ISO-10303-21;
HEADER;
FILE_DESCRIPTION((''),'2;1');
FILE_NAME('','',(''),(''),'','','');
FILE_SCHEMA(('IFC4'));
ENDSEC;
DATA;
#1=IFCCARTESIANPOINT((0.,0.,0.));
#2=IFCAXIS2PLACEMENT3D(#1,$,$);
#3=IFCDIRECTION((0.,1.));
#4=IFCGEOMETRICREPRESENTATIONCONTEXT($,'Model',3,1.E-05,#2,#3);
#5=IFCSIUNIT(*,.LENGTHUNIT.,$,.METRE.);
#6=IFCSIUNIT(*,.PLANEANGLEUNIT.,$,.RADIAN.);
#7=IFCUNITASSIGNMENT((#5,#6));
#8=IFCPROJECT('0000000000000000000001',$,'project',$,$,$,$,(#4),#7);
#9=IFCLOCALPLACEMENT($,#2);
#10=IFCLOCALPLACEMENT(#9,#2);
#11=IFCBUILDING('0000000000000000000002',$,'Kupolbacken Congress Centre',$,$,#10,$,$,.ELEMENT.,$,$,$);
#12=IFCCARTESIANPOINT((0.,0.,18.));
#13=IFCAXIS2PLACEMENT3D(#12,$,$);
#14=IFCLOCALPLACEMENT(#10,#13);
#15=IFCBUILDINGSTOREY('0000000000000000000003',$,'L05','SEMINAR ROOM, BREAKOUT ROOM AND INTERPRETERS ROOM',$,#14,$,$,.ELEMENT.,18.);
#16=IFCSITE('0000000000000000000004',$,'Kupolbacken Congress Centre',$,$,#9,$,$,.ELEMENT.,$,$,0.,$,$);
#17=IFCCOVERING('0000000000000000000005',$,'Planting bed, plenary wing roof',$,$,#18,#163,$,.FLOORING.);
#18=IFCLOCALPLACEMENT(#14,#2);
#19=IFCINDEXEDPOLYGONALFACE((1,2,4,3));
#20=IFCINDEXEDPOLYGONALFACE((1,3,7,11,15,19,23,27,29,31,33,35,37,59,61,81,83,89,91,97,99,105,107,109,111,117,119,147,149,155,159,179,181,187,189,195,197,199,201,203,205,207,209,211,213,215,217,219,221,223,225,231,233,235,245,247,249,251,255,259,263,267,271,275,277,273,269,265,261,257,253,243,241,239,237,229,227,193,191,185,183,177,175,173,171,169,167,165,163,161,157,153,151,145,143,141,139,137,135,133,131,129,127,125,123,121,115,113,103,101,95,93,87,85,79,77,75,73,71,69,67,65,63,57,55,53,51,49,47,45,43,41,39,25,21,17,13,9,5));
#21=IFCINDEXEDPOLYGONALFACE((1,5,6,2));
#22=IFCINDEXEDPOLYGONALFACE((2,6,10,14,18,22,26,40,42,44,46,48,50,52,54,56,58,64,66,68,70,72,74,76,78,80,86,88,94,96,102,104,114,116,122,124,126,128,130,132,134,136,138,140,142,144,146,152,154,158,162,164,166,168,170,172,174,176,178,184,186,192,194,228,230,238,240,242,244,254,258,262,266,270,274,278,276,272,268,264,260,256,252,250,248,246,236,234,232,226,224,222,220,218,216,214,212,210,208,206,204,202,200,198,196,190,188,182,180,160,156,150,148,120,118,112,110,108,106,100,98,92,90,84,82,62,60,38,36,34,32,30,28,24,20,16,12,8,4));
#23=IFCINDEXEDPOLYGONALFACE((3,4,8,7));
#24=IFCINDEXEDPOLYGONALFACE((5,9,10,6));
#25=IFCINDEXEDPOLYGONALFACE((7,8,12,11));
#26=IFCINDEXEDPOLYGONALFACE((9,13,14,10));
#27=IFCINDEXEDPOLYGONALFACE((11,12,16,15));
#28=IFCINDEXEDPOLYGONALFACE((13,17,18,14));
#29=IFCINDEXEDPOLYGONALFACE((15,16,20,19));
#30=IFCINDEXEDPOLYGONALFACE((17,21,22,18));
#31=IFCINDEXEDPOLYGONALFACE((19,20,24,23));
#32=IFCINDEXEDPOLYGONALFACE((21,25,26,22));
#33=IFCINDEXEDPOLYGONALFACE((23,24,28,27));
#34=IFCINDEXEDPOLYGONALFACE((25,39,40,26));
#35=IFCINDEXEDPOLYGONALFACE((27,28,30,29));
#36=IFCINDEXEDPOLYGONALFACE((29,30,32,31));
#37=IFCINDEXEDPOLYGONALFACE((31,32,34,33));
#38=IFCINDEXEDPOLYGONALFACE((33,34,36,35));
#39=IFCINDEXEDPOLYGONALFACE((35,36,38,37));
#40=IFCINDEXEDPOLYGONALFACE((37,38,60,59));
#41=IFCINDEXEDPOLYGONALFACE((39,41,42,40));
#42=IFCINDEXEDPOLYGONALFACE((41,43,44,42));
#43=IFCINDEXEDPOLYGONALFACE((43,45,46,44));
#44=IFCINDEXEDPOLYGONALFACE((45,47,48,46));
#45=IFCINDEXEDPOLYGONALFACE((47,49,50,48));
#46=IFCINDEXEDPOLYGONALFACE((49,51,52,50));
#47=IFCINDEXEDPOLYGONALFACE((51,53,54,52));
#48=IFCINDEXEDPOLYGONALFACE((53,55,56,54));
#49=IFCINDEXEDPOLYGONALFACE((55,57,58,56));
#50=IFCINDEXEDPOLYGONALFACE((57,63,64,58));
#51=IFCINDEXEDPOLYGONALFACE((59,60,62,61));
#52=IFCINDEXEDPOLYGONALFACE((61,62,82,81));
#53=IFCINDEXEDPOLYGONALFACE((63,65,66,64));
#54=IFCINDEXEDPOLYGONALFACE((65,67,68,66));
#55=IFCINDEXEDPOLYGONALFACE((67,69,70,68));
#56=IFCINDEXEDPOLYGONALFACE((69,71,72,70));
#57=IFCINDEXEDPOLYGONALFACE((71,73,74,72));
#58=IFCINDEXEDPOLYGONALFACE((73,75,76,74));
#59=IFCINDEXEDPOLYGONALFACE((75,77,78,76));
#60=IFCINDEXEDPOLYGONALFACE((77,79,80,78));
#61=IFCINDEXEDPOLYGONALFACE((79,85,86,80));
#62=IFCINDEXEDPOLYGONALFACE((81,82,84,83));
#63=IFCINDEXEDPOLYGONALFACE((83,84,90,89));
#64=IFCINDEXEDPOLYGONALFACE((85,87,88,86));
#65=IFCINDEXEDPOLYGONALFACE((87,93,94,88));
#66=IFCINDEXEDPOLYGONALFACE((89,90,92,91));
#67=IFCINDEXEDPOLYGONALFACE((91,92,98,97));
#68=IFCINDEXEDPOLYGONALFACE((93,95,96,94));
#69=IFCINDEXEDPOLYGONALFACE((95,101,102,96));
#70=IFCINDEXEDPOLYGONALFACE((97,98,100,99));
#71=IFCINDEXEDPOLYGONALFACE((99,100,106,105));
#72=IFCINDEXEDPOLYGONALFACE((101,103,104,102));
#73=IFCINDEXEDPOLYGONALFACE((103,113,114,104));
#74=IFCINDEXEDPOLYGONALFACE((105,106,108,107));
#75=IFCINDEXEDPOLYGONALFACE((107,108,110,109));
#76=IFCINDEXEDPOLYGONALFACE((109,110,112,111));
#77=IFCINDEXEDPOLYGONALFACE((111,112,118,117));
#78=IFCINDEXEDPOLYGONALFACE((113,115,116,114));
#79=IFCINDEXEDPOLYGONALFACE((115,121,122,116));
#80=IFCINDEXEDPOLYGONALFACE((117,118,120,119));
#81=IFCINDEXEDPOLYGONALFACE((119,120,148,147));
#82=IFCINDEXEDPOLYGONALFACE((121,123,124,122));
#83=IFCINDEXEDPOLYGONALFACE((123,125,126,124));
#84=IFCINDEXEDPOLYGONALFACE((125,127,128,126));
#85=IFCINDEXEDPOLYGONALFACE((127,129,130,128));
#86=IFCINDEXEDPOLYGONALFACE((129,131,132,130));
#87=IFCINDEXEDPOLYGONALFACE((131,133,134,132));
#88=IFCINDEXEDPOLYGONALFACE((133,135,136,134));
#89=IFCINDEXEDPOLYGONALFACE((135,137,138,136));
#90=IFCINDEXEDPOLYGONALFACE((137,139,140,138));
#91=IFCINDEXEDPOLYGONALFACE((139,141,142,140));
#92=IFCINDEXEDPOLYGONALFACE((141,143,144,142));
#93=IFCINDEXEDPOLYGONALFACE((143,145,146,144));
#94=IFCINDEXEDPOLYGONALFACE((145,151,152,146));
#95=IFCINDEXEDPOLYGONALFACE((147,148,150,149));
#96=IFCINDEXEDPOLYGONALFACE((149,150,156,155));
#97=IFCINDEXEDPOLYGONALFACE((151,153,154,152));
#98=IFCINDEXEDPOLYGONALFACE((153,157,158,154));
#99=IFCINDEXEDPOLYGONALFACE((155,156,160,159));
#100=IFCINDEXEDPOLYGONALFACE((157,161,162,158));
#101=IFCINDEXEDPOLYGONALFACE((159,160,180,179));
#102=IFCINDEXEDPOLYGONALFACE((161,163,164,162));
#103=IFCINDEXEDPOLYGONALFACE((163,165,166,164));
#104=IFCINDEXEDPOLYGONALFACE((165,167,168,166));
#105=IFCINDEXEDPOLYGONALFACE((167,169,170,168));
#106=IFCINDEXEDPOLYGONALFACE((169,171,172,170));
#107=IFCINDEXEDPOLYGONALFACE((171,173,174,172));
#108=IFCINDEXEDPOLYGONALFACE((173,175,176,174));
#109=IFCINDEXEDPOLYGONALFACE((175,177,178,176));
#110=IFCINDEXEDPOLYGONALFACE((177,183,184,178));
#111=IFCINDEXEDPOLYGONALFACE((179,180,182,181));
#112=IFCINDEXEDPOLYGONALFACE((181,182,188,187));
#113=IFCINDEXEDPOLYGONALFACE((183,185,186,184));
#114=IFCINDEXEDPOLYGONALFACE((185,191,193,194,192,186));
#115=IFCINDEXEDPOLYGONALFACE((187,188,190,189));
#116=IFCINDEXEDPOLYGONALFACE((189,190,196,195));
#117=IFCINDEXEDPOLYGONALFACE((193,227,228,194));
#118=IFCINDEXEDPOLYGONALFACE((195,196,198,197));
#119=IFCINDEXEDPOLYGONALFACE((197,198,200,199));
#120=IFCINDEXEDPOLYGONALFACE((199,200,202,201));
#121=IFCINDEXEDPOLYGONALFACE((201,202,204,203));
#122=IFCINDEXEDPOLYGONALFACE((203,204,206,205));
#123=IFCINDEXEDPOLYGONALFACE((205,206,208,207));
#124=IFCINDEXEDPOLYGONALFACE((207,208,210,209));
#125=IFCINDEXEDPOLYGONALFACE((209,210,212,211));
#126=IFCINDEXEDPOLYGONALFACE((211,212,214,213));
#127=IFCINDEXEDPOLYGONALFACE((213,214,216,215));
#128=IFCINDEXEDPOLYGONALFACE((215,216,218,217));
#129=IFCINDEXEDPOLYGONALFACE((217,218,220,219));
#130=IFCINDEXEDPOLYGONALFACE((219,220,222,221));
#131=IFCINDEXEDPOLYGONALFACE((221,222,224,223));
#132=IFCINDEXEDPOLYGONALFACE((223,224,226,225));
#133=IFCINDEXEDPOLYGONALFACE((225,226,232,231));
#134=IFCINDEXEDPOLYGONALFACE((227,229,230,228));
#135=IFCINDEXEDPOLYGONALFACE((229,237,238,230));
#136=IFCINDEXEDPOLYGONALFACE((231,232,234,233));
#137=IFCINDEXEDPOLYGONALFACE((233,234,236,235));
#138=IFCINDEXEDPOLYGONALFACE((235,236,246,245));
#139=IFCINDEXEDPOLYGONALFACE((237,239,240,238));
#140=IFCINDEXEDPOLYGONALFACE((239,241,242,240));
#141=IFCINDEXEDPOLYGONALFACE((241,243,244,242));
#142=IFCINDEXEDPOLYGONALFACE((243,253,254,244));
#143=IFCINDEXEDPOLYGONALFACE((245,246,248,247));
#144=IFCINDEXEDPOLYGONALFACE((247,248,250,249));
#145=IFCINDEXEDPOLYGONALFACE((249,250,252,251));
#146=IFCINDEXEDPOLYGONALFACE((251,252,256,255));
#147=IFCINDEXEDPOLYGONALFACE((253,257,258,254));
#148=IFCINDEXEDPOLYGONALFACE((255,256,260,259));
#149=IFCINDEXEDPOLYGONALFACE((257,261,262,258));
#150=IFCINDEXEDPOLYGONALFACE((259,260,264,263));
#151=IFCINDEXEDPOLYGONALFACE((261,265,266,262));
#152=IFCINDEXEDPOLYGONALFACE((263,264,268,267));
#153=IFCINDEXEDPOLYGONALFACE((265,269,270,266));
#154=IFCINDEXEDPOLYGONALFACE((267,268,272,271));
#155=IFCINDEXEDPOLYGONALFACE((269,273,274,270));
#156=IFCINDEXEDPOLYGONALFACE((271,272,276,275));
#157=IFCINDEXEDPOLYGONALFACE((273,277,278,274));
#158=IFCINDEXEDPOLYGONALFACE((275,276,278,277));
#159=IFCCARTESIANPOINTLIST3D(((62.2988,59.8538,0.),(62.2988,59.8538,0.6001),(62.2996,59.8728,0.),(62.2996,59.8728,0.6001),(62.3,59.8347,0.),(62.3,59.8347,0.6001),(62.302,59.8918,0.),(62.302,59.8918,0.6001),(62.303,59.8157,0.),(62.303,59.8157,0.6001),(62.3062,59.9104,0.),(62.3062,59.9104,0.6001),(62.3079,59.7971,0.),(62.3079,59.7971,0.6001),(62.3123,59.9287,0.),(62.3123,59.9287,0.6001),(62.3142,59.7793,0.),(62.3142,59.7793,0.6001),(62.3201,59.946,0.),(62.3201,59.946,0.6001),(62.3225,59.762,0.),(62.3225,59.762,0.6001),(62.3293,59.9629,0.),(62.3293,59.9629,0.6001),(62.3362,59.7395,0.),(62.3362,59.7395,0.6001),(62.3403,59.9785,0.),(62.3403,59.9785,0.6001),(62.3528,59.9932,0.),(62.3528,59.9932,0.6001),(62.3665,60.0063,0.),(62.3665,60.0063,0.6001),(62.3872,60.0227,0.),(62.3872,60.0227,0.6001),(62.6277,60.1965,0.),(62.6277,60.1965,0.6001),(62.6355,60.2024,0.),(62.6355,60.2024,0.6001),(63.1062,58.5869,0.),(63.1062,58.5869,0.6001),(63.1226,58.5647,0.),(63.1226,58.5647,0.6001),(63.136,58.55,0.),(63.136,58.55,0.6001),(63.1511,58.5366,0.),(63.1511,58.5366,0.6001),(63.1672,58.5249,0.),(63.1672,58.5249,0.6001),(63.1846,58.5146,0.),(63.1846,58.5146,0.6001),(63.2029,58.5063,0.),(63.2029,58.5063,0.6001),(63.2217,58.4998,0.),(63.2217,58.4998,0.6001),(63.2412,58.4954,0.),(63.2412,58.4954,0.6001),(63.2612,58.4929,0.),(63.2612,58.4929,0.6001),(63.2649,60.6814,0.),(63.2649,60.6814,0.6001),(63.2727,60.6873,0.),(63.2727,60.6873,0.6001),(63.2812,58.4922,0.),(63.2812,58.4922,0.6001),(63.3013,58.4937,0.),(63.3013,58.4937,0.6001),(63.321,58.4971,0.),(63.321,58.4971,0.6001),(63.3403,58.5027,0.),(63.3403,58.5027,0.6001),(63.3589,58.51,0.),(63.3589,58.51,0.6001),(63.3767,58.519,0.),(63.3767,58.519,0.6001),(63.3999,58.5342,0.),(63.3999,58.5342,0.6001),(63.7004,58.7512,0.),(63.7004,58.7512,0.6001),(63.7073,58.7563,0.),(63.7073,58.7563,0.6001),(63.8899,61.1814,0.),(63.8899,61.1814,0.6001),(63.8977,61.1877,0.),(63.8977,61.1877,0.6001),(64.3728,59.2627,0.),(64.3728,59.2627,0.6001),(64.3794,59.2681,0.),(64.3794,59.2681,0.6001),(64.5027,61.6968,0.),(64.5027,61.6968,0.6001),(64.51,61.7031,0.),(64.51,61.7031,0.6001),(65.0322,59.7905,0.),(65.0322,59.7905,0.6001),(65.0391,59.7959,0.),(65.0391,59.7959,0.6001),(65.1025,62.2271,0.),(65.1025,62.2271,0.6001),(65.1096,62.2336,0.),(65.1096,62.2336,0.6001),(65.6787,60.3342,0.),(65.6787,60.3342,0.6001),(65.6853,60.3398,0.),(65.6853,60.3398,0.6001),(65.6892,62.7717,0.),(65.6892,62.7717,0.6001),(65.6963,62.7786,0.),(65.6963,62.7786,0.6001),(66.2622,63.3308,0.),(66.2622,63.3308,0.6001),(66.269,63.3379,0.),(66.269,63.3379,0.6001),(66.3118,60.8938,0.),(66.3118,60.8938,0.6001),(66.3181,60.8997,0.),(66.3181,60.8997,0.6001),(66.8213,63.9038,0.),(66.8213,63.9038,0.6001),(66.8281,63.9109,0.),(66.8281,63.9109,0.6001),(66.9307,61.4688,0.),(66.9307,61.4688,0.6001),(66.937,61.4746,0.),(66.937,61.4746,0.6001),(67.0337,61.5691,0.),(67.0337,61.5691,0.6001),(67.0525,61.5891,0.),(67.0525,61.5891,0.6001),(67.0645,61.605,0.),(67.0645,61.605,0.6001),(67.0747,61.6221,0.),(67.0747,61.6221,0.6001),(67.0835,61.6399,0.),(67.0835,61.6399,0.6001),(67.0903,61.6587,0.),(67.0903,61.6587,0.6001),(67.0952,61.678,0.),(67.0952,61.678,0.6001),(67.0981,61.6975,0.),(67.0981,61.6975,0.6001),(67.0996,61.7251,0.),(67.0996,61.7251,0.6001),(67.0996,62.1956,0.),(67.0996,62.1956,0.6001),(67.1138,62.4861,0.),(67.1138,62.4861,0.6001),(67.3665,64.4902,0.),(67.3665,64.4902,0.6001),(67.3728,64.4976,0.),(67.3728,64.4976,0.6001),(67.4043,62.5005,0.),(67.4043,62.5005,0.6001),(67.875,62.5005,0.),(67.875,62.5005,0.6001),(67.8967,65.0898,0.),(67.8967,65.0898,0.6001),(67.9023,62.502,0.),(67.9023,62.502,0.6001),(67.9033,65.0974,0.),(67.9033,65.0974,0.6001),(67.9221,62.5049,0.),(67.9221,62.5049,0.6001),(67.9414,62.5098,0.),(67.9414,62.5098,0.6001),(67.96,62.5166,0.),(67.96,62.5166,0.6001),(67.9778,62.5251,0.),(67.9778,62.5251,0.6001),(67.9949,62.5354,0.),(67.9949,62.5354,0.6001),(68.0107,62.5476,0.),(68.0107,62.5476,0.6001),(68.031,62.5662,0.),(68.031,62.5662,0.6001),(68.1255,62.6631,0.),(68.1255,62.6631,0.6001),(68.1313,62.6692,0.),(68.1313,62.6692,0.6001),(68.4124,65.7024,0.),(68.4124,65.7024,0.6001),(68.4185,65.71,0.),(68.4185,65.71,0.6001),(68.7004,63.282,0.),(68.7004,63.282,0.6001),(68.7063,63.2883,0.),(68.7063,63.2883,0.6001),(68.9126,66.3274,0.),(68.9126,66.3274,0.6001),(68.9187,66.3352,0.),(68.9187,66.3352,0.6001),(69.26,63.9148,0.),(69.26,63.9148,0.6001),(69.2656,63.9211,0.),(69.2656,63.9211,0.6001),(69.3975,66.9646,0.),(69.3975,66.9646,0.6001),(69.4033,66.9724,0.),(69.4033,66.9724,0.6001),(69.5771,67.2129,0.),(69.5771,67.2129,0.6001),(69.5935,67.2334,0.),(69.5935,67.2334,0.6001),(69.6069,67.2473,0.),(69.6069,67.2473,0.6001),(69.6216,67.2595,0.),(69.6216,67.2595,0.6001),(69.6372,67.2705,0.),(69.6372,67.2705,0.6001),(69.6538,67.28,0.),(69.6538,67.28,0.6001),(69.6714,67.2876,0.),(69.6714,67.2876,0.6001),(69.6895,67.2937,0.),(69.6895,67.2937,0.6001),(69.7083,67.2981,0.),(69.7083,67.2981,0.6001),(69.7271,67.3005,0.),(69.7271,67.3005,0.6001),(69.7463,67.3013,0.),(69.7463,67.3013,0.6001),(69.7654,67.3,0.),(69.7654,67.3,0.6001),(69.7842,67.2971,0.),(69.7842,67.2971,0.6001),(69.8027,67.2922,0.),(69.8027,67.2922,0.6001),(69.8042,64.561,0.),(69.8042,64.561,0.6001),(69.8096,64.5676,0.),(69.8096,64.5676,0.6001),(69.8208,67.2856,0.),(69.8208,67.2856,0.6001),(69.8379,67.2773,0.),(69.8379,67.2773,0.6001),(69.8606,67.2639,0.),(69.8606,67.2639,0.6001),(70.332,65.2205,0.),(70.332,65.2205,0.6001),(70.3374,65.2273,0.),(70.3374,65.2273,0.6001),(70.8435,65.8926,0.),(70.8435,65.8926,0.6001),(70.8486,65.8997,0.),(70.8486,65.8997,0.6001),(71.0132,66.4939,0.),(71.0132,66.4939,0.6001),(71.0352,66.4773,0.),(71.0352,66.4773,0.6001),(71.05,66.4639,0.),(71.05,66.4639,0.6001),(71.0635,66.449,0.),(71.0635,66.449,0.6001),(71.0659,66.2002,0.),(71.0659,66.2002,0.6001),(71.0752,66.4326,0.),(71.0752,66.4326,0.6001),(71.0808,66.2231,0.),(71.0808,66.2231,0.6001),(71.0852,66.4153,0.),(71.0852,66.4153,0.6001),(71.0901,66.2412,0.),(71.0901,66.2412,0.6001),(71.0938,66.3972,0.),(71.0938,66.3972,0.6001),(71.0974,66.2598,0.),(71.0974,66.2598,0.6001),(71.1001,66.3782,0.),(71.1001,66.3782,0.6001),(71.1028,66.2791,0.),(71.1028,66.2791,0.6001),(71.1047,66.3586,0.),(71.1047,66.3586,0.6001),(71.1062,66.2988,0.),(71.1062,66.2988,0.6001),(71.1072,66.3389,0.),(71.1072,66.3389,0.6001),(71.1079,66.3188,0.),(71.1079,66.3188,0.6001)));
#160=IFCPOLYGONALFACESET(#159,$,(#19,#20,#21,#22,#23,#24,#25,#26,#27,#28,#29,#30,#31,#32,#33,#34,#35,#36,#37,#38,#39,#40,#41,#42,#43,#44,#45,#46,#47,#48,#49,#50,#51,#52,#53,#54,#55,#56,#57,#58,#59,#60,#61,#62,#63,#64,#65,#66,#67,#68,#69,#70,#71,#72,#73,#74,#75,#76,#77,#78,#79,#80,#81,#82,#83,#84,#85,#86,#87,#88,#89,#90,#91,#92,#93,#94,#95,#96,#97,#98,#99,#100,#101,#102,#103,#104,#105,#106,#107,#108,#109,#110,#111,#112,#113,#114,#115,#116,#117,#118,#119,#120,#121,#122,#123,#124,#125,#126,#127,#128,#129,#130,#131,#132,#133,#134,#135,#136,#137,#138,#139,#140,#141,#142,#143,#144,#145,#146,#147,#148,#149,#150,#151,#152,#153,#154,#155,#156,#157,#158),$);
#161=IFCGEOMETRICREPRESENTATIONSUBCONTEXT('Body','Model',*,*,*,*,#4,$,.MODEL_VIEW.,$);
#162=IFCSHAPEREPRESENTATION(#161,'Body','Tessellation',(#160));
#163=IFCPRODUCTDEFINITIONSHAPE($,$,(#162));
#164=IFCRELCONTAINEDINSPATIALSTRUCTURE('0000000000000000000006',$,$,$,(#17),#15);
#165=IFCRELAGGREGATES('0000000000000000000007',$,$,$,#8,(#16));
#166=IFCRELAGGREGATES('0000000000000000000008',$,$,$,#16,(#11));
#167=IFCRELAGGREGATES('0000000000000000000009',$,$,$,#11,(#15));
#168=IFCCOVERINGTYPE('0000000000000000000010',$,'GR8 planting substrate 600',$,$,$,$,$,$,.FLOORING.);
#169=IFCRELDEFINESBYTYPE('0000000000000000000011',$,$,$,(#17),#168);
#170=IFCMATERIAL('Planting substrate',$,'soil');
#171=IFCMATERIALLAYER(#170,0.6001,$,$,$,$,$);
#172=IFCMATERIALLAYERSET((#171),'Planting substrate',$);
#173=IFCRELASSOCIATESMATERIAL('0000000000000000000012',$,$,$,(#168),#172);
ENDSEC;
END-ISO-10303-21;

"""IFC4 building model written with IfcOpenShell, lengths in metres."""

from ifc_helpers import new_model, si_unit, direction, frame, origin, place, context, subcontext, project, spatial, polyline, outline, extrude, material, layer, layer_set, type_object, element, save


model = new_model("IFC4")

# Units and contexts
model_context = context("Model", 3, precision=1e-05, world=origin(), true_north=direction((0.0, 1.0)))
body_context = subcontext(model_context, "Body", "Model", "MODEL_VIEW")
ifc_project = project(units=[si_unit("LENGTHUNIT", "METRE"), si_unit("PLANEANGLEUNIT", "RADIAN")], contexts=[model_context])

# Site, building, storey
site_placement = place(None, origin())
site = spatial("IfcSite", under=ifc_project, at=site_placement, Name="Kupolbacken Congress Centre", CompositionType="ELEMENT", RefElevation=0.0)
building_placement = place(site_placement, origin())
building = spatial("IfcBuilding", under=site, at=building_placement, Name="Kupolbacken Congress Centre", CompositionType="ELEMENT")
storey_placement = place(building_placement, frame((0.0, 0.0, 18.0)))
storey = spatial("IfcBuildingStorey", under=building, at=storey_placement, Name="L05", Description="SEMINAR ROOM, BREAKOUT ROOM AND INTERPRETERS ROOM", CompositionType="ELEMENT", Elevation=18.0)

# Covering
ifc_material_1 = material(Name="Planting substrate", Category="soil")
ifc_layer_1 = layer(ifc_material_1, 0.6001)
ifc_layer_set_1 = layer_set([ifc_layer_1], Name="Planting substrate")
covering_type_1 = type_object("IfcCoveringType", Name="GR8 planting substrate 600", PredefinedType="FLOORING", material=ifc_layer_set_1)
covering_1_placement = place(storey_placement, origin())
element("IfcCovering", 1, at=covering_1_placement, inside=storey, type_object=covering_type_1, Name="Planting bed, plenary wing roof", PredefinedType="FLOORING", context=body_context, shape_type="SweptSolid", body=[
    extrude(outline(polyline([(63.3999, 58.5342), (63.3767, 58.519), (63.3589, 58.51), (63.3403, 58.5027), (63.321, 58.4971), (63.3013, 58.4937), (63.2812, 58.4922), (63.2612, 58.4929), (63.2412, 58.4954), (63.2217, 58.4998), (63.2029, 58.5063), (63.1846, 58.5146), (63.1672, 58.5249), (63.1511, 58.5366), (63.136, 58.55), (63.1226, 58.5647), (63.1062, 58.5869), (62.3362, 59.7395), (62.3225, 59.762), (62.3142, 59.7793), (62.3079, 59.7971), (62.303, 59.8157), (62.3, 59.8347), (62.2988, 59.8538), (62.2996, 59.8728), (62.302, 59.8918), (62.3062, 59.9104), (62.3123, 59.9287), (62.3201, 59.946), (62.3293, 59.9629), (62.3403, 59.9785), (62.3528, 59.9932), (62.3665, 60.0063), (62.3872, 60.0227), (62.6277, 60.1965), (62.6355, 60.2024), (63.2649, 60.6814), (63.2727, 60.6873), (63.8899, 61.1814), (63.8977, 61.1877), (64.5027, 61.6968), (64.51, 61.7031), (65.1025, 62.2271), (65.1096, 62.2336), (65.6892, 62.7717), (65.6963, 62.7786), (66.2622, 63.3308), (66.269, 63.3379), (66.8213, 63.9038), (66.8281, 63.9109), (67.3665, 64.4902), (67.3728, 64.4976), (67.8967, 65.0898), (67.9033, 65.0974), (68.4124, 65.7024), (68.4185, 65.71), (68.9126, 66.3274), (68.9187, 66.3352), (69.3975, 66.9646), (69.4033, 66.9724), (69.5771, 67.2129), (69.5935, 67.2334), (69.6069, 67.2473), (69.6216, 67.2595), (69.6372, 67.2705), (69.6538, 67.28), (69.6714, 67.2876), (69.6895, 67.2937), (69.7083, 67.2981), (69.7271, 67.3005), (69.7463, 67.3013), (69.7654, 67.3), (69.7842, 67.2971), (69.8027, 67.2922), (69.8208, 67.2856), (69.8379, 67.2773), (69.8606, 67.2639), (71.0132, 66.4939), (71.0352, 66.4773), (71.05, 66.4639), (71.0635, 66.449), (71.0752, 66.4326), (71.0852, 66.4153), (71.0938, 66.3972), (71.1001, 66.3782), (71.1047, 66.3586), (71.1072, 66.3389), (71.1079, 66.3188), (71.1062, 66.2988), (71.1028, 66.2791), (71.0974, 66.2598), (71.0901, 66.2412), (71.0808, 66.2231), (71.0659, 66.2002), (70.8486, 65.8997), (70.8435, 65.8926), (70.3374, 65.2273), (70.332, 65.2205), (69.8096, 64.5676), (69.8042, 64.561), (69.2656, 63.9211), (69.26, 63.9148), (68.7063, 63.2883), (68.7004, 63.282), (68.1313, 62.6692), (68.1255, 62.6631), (68.031, 62.5662), (68.0107, 62.5476), (67.9949, 62.5354), (67.9778, 62.5251), (67.96, 62.5166), (67.9414, 62.5098), (67.9221, 62.5049), (67.9023, 62.502), (67.875, 62.5005), (67.4043, 62.5005), (67.1138, 62.4861), (67.0996, 62.1956), (67.0996, 61.7251), (67.0981, 61.6975), (67.0952, 61.678), (67.0903, 61.6587), (67.0835, 61.6399), (67.0747, 61.6221), (67.0645, 61.605), (67.0525, 61.5891), (67.0337, 61.5691), (66.937, 61.4746), (66.9307, 61.4688), (66.3181, 60.8997), (66.3118, 60.8938), (65.6853, 60.3398), (65.6787, 60.3342), (65.0391, 59.7959), (65.0322, 59.7905), (64.3794, 59.2681), (64.3728, 59.2627), (63.7073, 58.7563), (63.7004, 58.7512), (63.3999, 58.5342)])), origin(), (0.0, 0.0, 1.0), 0.6001),
])

save(model, "model.ifc")
